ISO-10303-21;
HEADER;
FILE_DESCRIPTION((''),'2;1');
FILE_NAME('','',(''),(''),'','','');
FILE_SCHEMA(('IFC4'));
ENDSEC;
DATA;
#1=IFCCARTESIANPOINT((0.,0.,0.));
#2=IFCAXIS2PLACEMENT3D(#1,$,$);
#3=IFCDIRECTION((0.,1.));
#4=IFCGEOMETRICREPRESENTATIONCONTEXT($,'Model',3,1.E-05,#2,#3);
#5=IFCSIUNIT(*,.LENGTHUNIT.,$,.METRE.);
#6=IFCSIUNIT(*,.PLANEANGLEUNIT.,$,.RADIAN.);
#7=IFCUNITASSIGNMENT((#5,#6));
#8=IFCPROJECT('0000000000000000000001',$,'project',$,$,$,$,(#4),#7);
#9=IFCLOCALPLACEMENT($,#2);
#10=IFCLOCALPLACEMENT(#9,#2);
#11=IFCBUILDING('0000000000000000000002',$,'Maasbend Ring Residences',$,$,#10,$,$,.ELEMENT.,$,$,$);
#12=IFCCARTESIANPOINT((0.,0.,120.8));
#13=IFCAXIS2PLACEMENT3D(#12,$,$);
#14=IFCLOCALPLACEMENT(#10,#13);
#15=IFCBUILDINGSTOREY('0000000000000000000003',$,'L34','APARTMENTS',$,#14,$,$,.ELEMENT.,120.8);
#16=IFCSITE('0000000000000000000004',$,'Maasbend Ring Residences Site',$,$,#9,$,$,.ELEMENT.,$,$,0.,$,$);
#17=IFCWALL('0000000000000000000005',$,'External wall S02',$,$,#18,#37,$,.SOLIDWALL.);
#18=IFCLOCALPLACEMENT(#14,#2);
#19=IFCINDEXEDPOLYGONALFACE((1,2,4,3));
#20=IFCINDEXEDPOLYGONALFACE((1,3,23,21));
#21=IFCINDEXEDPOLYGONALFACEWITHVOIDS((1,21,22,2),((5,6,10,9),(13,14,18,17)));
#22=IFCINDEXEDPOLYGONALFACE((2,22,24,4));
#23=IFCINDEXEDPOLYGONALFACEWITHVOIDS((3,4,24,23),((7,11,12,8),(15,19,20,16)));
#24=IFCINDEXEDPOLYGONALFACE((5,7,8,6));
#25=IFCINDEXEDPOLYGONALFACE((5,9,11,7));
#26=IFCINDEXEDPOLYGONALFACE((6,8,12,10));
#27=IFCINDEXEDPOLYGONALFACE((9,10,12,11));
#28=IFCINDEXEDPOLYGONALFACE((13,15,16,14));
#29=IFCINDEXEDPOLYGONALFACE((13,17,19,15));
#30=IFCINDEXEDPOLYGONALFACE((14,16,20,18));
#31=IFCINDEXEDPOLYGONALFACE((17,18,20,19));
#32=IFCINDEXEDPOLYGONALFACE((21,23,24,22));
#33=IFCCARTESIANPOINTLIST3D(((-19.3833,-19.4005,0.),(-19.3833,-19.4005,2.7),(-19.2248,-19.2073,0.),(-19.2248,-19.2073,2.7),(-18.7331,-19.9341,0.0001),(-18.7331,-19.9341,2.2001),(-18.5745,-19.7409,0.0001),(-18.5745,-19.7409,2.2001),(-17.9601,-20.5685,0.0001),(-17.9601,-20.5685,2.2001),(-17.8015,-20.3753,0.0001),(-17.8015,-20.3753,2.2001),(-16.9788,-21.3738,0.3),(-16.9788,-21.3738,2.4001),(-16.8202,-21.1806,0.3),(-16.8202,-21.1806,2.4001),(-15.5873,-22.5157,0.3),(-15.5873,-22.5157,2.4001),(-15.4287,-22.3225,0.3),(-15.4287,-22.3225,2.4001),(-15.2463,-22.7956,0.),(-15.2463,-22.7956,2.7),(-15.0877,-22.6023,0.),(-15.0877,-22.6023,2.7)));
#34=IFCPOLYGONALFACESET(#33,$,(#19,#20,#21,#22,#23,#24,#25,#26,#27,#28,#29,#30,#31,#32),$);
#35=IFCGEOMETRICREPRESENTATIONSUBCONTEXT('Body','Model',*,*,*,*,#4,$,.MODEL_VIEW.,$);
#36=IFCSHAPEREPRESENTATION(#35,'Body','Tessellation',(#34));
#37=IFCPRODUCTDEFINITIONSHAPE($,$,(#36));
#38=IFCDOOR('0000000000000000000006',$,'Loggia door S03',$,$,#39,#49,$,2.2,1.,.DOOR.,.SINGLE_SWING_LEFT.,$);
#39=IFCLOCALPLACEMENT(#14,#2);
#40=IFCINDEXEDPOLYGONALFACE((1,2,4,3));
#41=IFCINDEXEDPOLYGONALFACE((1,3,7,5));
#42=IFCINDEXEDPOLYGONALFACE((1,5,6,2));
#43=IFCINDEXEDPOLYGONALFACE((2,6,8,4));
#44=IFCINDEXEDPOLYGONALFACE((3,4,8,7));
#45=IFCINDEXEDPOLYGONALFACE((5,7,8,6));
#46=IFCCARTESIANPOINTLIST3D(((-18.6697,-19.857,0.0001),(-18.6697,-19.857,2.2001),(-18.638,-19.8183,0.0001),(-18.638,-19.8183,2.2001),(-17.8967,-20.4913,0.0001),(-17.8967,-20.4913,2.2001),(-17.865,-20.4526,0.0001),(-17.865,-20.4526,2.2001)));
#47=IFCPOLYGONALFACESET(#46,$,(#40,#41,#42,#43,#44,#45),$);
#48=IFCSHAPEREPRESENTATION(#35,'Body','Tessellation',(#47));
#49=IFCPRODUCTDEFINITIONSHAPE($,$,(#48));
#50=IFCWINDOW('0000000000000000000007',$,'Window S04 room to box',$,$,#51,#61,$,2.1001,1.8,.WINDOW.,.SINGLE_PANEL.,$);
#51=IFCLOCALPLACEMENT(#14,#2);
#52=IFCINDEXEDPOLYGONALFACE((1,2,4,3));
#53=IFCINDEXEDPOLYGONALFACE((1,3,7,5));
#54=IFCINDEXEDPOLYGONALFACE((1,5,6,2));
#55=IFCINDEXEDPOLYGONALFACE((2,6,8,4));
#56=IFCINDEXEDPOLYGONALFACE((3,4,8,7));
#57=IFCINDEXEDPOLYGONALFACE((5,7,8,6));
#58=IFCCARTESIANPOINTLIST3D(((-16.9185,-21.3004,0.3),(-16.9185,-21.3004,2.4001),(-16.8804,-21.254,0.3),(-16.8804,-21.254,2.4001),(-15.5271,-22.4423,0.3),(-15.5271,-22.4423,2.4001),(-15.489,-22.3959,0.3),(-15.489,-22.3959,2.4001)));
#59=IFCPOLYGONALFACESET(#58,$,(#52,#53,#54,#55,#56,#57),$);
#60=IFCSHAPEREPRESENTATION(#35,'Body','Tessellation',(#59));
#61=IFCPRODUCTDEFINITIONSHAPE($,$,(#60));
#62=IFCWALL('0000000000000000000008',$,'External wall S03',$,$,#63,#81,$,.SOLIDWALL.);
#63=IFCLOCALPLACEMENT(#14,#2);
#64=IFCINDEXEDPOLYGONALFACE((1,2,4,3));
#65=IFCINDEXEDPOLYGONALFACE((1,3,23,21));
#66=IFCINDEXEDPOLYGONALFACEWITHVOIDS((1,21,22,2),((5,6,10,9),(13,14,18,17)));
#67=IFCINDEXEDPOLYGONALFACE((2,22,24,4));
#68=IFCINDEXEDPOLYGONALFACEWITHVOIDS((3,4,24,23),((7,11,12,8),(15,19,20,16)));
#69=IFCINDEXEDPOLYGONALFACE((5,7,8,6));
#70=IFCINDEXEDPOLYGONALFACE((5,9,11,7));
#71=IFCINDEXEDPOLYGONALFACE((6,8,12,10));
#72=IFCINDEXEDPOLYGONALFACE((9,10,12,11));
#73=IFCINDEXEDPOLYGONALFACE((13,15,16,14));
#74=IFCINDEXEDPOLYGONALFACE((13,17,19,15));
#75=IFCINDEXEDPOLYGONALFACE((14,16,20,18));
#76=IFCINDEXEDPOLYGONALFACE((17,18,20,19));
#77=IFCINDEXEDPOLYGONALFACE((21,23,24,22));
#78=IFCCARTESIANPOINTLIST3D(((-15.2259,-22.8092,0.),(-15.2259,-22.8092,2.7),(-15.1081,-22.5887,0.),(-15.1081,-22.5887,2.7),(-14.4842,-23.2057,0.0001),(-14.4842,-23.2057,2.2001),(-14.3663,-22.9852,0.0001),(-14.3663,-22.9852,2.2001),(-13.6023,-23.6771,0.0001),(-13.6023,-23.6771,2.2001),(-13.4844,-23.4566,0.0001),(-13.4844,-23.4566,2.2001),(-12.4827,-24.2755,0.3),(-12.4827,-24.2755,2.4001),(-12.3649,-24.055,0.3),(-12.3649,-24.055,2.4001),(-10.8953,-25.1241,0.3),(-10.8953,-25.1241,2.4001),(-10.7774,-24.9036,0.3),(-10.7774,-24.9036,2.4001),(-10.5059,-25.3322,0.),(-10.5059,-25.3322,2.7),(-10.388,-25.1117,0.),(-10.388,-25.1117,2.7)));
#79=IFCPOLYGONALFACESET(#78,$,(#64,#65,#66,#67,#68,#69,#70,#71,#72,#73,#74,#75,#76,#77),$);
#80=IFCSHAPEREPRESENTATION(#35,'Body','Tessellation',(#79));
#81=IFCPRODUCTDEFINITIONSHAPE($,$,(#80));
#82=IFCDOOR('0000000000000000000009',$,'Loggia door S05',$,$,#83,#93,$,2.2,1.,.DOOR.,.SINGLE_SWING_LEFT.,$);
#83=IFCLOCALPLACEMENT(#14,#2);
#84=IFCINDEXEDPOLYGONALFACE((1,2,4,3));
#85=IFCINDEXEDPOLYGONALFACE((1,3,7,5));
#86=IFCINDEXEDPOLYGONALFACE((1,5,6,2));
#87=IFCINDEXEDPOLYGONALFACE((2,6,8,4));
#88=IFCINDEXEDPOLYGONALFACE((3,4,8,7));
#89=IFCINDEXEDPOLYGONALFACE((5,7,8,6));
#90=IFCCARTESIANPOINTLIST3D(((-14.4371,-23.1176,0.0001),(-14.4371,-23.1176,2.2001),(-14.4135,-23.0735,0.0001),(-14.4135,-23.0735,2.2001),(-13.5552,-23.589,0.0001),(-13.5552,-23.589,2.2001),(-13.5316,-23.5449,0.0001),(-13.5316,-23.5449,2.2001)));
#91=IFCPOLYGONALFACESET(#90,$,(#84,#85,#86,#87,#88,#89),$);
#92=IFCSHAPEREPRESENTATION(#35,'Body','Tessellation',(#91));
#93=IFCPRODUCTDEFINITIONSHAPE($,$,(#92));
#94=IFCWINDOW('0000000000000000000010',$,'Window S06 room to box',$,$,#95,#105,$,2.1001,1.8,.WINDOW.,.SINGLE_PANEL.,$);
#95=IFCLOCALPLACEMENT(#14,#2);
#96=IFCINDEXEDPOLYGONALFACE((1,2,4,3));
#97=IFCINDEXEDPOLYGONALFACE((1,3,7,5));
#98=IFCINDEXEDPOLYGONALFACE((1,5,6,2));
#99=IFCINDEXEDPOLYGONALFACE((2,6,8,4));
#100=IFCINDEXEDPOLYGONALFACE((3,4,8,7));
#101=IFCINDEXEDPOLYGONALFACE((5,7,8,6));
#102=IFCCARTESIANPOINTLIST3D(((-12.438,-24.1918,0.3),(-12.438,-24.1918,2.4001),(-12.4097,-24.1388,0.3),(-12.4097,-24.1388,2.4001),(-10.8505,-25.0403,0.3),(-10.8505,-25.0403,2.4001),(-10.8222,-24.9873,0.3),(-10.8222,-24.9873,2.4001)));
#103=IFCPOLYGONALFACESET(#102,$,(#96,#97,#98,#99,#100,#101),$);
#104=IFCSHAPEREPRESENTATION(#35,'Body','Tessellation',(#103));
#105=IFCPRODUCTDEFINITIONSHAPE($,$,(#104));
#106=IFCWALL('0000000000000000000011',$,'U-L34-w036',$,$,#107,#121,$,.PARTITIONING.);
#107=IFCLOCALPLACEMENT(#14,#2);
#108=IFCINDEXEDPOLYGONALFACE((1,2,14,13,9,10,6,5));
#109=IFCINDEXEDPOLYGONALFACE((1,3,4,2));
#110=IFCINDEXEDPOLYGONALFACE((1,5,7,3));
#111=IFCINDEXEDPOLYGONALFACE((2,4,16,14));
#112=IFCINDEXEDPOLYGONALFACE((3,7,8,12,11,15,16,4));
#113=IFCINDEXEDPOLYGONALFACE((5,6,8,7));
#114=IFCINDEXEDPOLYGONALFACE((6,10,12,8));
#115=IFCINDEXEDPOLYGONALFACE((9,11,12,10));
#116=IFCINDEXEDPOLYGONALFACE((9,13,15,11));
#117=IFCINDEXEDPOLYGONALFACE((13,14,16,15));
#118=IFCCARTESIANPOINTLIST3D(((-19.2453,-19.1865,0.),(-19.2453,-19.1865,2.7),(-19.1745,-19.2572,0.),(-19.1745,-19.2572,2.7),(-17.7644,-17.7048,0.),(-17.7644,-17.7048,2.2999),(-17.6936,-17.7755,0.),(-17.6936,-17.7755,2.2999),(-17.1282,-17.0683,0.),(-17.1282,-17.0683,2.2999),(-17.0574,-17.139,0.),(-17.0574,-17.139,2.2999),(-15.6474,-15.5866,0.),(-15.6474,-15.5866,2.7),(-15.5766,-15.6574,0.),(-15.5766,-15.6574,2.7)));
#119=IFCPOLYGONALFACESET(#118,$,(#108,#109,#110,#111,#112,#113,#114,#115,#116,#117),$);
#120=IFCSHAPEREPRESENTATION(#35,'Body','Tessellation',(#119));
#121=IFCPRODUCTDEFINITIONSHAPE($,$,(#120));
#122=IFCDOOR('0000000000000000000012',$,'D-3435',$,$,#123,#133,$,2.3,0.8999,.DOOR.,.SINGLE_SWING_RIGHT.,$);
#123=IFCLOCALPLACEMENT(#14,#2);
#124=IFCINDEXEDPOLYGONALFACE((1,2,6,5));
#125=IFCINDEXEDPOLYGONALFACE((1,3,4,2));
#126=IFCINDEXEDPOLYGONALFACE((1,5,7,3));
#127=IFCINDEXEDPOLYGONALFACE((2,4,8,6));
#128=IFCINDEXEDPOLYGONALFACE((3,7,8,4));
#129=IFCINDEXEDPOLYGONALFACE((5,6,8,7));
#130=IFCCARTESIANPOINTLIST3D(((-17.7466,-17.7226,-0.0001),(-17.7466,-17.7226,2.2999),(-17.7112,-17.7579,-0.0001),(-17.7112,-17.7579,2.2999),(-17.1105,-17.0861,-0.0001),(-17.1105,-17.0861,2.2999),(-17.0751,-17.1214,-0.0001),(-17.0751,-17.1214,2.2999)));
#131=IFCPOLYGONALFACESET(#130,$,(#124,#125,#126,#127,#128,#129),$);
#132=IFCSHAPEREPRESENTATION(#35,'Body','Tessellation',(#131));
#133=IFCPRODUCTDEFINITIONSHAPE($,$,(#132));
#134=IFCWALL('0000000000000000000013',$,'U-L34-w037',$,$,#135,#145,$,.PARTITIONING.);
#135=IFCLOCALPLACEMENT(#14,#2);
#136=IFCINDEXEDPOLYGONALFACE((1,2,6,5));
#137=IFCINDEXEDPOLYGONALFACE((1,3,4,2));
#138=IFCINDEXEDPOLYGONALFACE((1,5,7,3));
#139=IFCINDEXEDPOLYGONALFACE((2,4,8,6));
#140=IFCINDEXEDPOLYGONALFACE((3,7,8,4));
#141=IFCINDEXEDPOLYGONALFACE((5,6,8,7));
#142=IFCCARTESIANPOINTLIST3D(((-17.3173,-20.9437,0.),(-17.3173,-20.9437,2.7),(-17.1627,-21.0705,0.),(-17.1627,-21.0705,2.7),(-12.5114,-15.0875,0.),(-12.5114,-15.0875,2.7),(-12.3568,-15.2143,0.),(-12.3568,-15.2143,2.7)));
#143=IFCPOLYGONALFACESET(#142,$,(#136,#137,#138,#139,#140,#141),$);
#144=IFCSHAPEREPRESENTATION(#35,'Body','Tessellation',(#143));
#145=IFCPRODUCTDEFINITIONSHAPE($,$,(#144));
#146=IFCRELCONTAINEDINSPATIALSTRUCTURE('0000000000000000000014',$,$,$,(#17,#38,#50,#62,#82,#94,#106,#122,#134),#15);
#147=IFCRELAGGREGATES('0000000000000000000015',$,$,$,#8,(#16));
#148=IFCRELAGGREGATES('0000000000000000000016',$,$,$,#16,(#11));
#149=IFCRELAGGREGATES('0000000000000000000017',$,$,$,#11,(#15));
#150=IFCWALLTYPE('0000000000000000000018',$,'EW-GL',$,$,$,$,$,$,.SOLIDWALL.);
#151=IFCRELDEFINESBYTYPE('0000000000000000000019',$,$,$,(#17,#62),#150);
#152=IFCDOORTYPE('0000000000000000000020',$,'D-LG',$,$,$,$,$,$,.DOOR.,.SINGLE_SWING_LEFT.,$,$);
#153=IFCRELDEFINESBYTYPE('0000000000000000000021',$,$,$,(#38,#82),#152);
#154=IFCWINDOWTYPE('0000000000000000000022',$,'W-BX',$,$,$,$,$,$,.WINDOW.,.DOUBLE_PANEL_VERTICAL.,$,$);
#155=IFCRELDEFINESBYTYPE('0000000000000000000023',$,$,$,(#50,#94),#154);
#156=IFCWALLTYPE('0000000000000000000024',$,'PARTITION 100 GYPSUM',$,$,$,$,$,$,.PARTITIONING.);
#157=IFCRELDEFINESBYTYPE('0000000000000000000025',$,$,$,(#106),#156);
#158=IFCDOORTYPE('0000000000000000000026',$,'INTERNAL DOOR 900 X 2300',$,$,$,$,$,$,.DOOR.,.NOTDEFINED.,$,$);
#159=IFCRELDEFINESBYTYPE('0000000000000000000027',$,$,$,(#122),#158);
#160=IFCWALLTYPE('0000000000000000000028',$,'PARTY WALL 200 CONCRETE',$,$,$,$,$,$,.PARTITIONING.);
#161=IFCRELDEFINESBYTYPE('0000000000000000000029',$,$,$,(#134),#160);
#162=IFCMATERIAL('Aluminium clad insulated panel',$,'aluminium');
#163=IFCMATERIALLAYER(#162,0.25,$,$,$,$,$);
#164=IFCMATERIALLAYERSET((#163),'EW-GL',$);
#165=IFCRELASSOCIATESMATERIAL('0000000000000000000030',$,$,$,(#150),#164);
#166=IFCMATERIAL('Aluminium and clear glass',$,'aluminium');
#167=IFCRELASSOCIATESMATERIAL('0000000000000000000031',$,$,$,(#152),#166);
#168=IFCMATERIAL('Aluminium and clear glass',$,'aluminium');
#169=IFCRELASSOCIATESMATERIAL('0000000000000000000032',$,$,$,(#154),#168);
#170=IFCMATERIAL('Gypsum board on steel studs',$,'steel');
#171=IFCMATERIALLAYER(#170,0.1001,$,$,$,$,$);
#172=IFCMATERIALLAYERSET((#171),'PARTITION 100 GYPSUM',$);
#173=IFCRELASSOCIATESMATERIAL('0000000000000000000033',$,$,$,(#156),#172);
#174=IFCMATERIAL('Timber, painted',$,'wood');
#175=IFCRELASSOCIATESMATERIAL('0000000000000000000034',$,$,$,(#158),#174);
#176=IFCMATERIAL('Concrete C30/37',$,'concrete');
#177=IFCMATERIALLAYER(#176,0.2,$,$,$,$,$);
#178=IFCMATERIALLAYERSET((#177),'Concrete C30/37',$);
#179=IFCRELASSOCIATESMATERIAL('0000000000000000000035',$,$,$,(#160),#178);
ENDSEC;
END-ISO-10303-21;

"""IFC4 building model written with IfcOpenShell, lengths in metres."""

from ifc_helpers import new_model, si_unit, direction, frame, frame_2d, origin, place, context, subcontext, project, spatial, rectangle, extrude, material, layer, layer_set, type_object, element, fill, save


model = new_model("IFC4")

# Units and contexts
model_context = context("Model", 3, precision=1e-05, world=origin(), true_north=direction((0.0, 1.0)))
body_context = subcontext(model_context, "Body", "Model", "MODEL_VIEW")
ifc_project = project(units=[si_unit("LENGTHUNIT", "METRE"), si_unit("PLANEANGLEUNIT", "RADIAN")], contexts=[model_context])

# Site, building, storey
site_placement = place(None, origin())
site = spatial("IfcSite", under=ifc_project, at=site_placement, Name="Maasbend Ring Residences Site", CompositionType="ELEMENT", RefElevation=0.0)
building_placement = place(site_placement, origin())
building = spatial("IfcBuilding", under=site, at=building_placement, Name="Maasbend Ring Residences", CompositionType="ELEMENT")
storey_placement = place(building_placement, frame((0.0, 0.0, 120.8)))
storey = spatial("IfcBuildingStorey", under=building, at=storey_placement, Name="L34", Description="APARTMENTS", CompositionType="ELEMENT", Elevation=120.8)

# Walls, openings, doors, windows
ifc_material_1 = material(Name="Aluminium clad insulated panel", Category="aluminium")
ifc_layer_1 = layer(ifc_material_1, 0.25)
ifc_layer_set_1 = layer_set([ifc_layer_1], Name="EW-GL")
wall_type_1 = type_object("IfcWallType", Name="EW-GL", PredefinedType="SOLIDWALL", material=ifc_layer_set_1)
wall_1_placement = place(storey_placement, frame((-19.304, -19.304, 0.0), z_axis=(0.0, 0.0, 1.0), x_axis=(0.773019, -0.634382, 0.0)))
wall_1 = element("IfcWall", 1, at=wall_1_placement, inside=storey, type_object=wall_type_1, Name="External wall S02", PredefinedType="SOLIDWALL", context=body_context, shape_type="SweptSolid", body=[
    extrude(rectangle(XDim=5.3518, YDim=0.25, at=frame_2d((2.6758, 0.0))), origin(), (0.0, 0.0, 1.0), 2.7),
])
opening_1_placement = place(wall_1_placement, frame((0.8411, 0.0, 0.0)))
opening_1 = element("IfcOpeningElement", 2, at=opening_1_placement, cuts=wall_1, PredefinedType="OPENING", context=body_context, shape_type="SweptSolid", body=[
    extrude(rectangle(XDim=1.0, YDim=2.2, at=frame_2d((0.5, 1.1001))), frame((0.0, 0.135, 0.0), z_axis=(0.0, -1.0, 0.0), x_axis=(1.0, 0.0, 0.0)), (0.0, 0.0, 1.0), 0.27),
])
opening_2_placement = place(wall_1_placement, frame((3.1106, 0.0, 0.3)))
opening_2 = element("IfcOpeningElement", 3, at=opening_2_placement, cuts=wall_1, PredefinedType="OPENING", context=body_context, shape_type="SweptSolid", body=[
    extrude(rectangle(XDim=1.8, YDim=2.1001, at=frame_2d((0.8999, 1.05))), frame((0.0, 0.135, 0.0), z_axis=(0.0, -1.0, 0.0), x_axis=(1.0, 0.0, 0.0)), (0.0, 0.0, 1.0), 0.27),
])
ifc_material_2 = material(Name="Aluminium and clear glass", Category="aluminium")
door_type_1 = type_object("IfcDoorType", Name="D-LG", OperationType="SINGLE_SWING_LEFT", PredefinedType="DOOR", material=ifc_material_2)
door_1_placement = place(opening_1_placement, origin())
door_1 = element("IfcDoor", 4, at=door_1_placement, inside=storey, type_object=door_type_1, Name="Loggia door S03", OperationType="SINGLE_SWING_LEFT", OverallHeight=2.2, OverallWidth=1.0, PredefinedType="DOOR", context=body_context, shape_type="SweptSolid", body=[
    extrude(rectangle(XDim=1.0, YDim=2.2, at=frame_2d((0.5, 1.1001))), frame((0.0, 0.0249, 0.0), z_axis=(0.0, -1.0, 0.0), x_axis=(1.0, 0.0, 0.0)), (0.0, 0.0, 1.0), 0.05),
])
fill(opening_1, door_1)
ifc_material_3 = material(Name="Aluminium and clear glass", Category="aluminium")
window_type_1 = type_object("IfcWindowType", Name="W-BX", PartitioningType="DOUBLE_PANEL_VERTICAL", PredefinedType="WINDOW", material=ifc_material_3)
window_1_placement = place(opening_2_placement, origin())
window_1 = element("IfcWindow", 5, at=window_1_placement, inside=storey, type_object=window_type_1, Name="Window S04 room to box", OverallHeight=2.1001, OverallWidth=1.8, PartitioningType="SINGLE_PANEL", PredefinedType="WINDOW", context=body_context, shape_type="SweptSolid", body=[
    extrude(rectangle(XDim=1.8, YDim=2.1001, at=frame_2d((0.8999, 1.05))), frame((0.0, 0.03, 0.0), z_axis=(0.0, -1.0, 0.0), x_axis=(1.0, 0.0, 0.0)), (0.0, 0.0, 1.0), 0.0601),
])
fill(opening_2, window_1)
wall_2_placement = place(storey_placement, frame((-15.167, -22.699, 0.0), z_axis=(0.0, 0.0, 1.0), x_axis=(0.881916, -0.471407, 0.0)))
wall_2 = element("IfcWall", 6, at=wall_2_placement, inside=storey, type_object=wall_type_1, Name="External wall S03", PredefinedType="SOLIDWALL", context=body_context, shape_type="SweptSolid", body=[
    extrude(rectangle(XDim=5.3521, YDim=0.25, at=frame_2d((2.676, 0.0))), origin(), (0.0, 0.0, 1.0), 2.7),
])
opening_3_placement = place(wall_2_placement, frame((0.8411, 0.0, 0.0)))
opening_3 = element("IfcOpeningElement", 7, at=opening_3_placement, cuts=wall_2, PredefinedType="OPENING", context=body_context, shape_type="SweptSolid", body=[
    extrude(rectangle(XDim=1.0, YDim=2.2, at=frame_2d((0.5, 1.1001))), frame((0.0, 0.135, 0.0), z_axis=(0.0, -1.0, 0.0), x_axis=(1.0, 0.0, 0.0)), (0.0, 0.0, 1.0), 0.27),
])
opening_4_placement = place(wall_2_placement, frame((3.1106, 0.0, 0.3)))
opening_4 = element("IfcOpeningElement", 8, at=opening_4_placement, cuts=wall_2, PredefinedType="OPENING", context=body_context, shape_type="SweptSolid", body=[
    extrude(rectangle(XDim=1.8, YDim=2.1001, at=frame_2d((0.8999, 1.05))), frame((0.0, 0.135, 0.0), z_axis=(0.0, -1.0, 0.0), x_axis=(1.0, 0.0, 0.0)), (0.0, 0.0, 1.0), 0.27),
])
door_2_placement = place(opening_3_placement, origin())
door_2 = element("IfcDoor", 9, at=door_2_placement, inside=storey, type_object=door_type_1, Name="Loggia door S05", OperationType="SINGLE_SWING_LEFT", OverallHeight=2.2, OverallWidth=1.0, PredefinedType="DOOR", context=body_context, shape_type="SweptSolid", body=[
    extrude(rectangle(XDim=1.0, YDim=2.2, at=frame_2d((0.5, 1.1001))), frame((0.0, 0.0249, 0.0), z_axis=(0.0, -1.0, 0.0), x_axis=(1.0, 0.0, 0.0)), (0.0, 0.0, 1.0), 0.05),
])
fill(opening_3, door_2)
window_2_placement = place(opening_4_placement, origin())
window_2 = element("IfcWindow", 10, at=window_2_placement, inside=storey, type_object=window_type_1, Name="Window S06 room to box", OverallHeight=2.1001, OverallWidth=1.8, PartitioningType="SINGLE_PANEL", PredefinedType="WINDOW", context=body_context, shape_type="SweptSolid", body=[
    extrude(rectangle(XDim=1.8, YDim=2.1001, at=frame_2d((0.8999, 1.05))), frame((0.0, 0.03, 0.0), z_axis=(0.0, -1.0, 0.0), x_axis=(1.0, 0.0, 0.0)), (0.0, 0.0, 1.0), 0.0601),
])
fill(opening_4, window_2)

# Wall, opening, door
ifc_material_4 = material(Name="Gypsum board on steel studs", Category="steel")
ifc_layer_2 = layer(ifc_material_4, 0.1001)
ifc_layer_set_2 = layer_set([ifc_layer_2], Name="PARTITION 100 GYPSUM")
wall_type_2 = type_object("IfcWallType", Name="PARTITION 100 GYPSUM", PredefinedType="PARTITIONING", material=ifc_layer_set_2)
wall_3_placement = place(storey_placement, frame((-19.21, -19.2219, 0.0), z_axis=(0.0, 0.0, 1.0), x_axis=(0.706915, 0.707299, 0.0)))
wall_3 = element("IfcWall", 11, at=wall_3_placement, inside=storey, type_object=wall_type_2, Name="U-L34-w036", PredefinedType="PARTITIONING", context=body_context, shape_type="SweptSolid", body=[
    extrude(rectangle(XDim=5.0896, YDim=0.1001, at=frame_2d((2.5449, 0.0))), origin(), (0.0, 0.0, 1.0), 2.7),
])
opening_5_placement = place(wall_3_placement, frame((2.095, 0.0, 0.0)))
opening_5 = element("IfcOpeningElement", 12, at=opening_5_placement, cuts=wall_3, PredefinedType="OPENING", context=body_context, shape_type="SweptSolid", body=[
    extrude(rectangle(XDim=0.8999, YDim=2.3, at=frame_2d((0.45, 1.1499))), frame((0.0, 0.0601, 0.0), z_axis=(0.0, -1.0, 0.0), x_axis=(1.0, 0.0, 0.0)), (0.0, 0.0, 1.0), 0.1201),
])
ifc_material_5 = material(Name="Timber, painted", Category="wood")
door_type_2 = type_object("IfcDoorType", Name="INTERNAL DOOR 900 X 2300", OperationType="NOTDEFINED", PredefinedType="DOOR", material=ifc_material_5)
door_3_placement = place(opening_5_placement, origin())
door_3 = element("IfcDoor", 13, at=door_3_placement, inside=storey, type_object=door_type_2, Name="D-3435", OperationType="SINGLE_SWING_RIGHT", OverallHeight=2.3, OverallWidth=0.8999, PredefinedType="DOOR", context=body_context, shape_type="SweptSolid", body=[
    extrude(rectangle(XDim=0.8999, YDim=2.3, at=frame_2d((0.45, 1.1499))), frame((0.0, 0.0249, 0.0), z_axis=(0.0, -1.0, 0.0), x_axis=(1.0, 0.0, 0.0)), (0.0, 0.0, 1.0), 0.05),
])
fill(opening_5, door_3)

# Wall
ifc_material_6 = material(Name="Concrete C30/37", Category="concrete")
ifc_layer_3 = layer(ifc_material_6, 0.2)
ifc_layer_set_3 = layer_set([ifc_layer_3], Name="Concrete C30/37")
wall_type_3 = type_object("IfcWallType", Name="PARTY WALL 200 CONCRETE", PredefinedType="PARTITIONING", material=ifc_layer_set_3)
wall_4_placement = place(storey_placement, frame((-17.24, -21.0071, 0.0), z_axis=(0.0, 0.0, 1.0), x_axis=(0.634381, 0.77302, 0.0)))
element("IfcWall", 14, at=wall_4_placement, inside=storey, type_object=wall_type_3, Name="U-L34-w037", PredefinedType="PARTITIONING", context=body_context, shape_type="SweptSolid", body=[
    extrude(rectangle(XDim=7.5757, YDim=0.2, at=frame_2d((3.7878, 0.0))), origin(), (0.0, 0.0, 1.0), 2.7),
])

save(model, "model.ifc")
